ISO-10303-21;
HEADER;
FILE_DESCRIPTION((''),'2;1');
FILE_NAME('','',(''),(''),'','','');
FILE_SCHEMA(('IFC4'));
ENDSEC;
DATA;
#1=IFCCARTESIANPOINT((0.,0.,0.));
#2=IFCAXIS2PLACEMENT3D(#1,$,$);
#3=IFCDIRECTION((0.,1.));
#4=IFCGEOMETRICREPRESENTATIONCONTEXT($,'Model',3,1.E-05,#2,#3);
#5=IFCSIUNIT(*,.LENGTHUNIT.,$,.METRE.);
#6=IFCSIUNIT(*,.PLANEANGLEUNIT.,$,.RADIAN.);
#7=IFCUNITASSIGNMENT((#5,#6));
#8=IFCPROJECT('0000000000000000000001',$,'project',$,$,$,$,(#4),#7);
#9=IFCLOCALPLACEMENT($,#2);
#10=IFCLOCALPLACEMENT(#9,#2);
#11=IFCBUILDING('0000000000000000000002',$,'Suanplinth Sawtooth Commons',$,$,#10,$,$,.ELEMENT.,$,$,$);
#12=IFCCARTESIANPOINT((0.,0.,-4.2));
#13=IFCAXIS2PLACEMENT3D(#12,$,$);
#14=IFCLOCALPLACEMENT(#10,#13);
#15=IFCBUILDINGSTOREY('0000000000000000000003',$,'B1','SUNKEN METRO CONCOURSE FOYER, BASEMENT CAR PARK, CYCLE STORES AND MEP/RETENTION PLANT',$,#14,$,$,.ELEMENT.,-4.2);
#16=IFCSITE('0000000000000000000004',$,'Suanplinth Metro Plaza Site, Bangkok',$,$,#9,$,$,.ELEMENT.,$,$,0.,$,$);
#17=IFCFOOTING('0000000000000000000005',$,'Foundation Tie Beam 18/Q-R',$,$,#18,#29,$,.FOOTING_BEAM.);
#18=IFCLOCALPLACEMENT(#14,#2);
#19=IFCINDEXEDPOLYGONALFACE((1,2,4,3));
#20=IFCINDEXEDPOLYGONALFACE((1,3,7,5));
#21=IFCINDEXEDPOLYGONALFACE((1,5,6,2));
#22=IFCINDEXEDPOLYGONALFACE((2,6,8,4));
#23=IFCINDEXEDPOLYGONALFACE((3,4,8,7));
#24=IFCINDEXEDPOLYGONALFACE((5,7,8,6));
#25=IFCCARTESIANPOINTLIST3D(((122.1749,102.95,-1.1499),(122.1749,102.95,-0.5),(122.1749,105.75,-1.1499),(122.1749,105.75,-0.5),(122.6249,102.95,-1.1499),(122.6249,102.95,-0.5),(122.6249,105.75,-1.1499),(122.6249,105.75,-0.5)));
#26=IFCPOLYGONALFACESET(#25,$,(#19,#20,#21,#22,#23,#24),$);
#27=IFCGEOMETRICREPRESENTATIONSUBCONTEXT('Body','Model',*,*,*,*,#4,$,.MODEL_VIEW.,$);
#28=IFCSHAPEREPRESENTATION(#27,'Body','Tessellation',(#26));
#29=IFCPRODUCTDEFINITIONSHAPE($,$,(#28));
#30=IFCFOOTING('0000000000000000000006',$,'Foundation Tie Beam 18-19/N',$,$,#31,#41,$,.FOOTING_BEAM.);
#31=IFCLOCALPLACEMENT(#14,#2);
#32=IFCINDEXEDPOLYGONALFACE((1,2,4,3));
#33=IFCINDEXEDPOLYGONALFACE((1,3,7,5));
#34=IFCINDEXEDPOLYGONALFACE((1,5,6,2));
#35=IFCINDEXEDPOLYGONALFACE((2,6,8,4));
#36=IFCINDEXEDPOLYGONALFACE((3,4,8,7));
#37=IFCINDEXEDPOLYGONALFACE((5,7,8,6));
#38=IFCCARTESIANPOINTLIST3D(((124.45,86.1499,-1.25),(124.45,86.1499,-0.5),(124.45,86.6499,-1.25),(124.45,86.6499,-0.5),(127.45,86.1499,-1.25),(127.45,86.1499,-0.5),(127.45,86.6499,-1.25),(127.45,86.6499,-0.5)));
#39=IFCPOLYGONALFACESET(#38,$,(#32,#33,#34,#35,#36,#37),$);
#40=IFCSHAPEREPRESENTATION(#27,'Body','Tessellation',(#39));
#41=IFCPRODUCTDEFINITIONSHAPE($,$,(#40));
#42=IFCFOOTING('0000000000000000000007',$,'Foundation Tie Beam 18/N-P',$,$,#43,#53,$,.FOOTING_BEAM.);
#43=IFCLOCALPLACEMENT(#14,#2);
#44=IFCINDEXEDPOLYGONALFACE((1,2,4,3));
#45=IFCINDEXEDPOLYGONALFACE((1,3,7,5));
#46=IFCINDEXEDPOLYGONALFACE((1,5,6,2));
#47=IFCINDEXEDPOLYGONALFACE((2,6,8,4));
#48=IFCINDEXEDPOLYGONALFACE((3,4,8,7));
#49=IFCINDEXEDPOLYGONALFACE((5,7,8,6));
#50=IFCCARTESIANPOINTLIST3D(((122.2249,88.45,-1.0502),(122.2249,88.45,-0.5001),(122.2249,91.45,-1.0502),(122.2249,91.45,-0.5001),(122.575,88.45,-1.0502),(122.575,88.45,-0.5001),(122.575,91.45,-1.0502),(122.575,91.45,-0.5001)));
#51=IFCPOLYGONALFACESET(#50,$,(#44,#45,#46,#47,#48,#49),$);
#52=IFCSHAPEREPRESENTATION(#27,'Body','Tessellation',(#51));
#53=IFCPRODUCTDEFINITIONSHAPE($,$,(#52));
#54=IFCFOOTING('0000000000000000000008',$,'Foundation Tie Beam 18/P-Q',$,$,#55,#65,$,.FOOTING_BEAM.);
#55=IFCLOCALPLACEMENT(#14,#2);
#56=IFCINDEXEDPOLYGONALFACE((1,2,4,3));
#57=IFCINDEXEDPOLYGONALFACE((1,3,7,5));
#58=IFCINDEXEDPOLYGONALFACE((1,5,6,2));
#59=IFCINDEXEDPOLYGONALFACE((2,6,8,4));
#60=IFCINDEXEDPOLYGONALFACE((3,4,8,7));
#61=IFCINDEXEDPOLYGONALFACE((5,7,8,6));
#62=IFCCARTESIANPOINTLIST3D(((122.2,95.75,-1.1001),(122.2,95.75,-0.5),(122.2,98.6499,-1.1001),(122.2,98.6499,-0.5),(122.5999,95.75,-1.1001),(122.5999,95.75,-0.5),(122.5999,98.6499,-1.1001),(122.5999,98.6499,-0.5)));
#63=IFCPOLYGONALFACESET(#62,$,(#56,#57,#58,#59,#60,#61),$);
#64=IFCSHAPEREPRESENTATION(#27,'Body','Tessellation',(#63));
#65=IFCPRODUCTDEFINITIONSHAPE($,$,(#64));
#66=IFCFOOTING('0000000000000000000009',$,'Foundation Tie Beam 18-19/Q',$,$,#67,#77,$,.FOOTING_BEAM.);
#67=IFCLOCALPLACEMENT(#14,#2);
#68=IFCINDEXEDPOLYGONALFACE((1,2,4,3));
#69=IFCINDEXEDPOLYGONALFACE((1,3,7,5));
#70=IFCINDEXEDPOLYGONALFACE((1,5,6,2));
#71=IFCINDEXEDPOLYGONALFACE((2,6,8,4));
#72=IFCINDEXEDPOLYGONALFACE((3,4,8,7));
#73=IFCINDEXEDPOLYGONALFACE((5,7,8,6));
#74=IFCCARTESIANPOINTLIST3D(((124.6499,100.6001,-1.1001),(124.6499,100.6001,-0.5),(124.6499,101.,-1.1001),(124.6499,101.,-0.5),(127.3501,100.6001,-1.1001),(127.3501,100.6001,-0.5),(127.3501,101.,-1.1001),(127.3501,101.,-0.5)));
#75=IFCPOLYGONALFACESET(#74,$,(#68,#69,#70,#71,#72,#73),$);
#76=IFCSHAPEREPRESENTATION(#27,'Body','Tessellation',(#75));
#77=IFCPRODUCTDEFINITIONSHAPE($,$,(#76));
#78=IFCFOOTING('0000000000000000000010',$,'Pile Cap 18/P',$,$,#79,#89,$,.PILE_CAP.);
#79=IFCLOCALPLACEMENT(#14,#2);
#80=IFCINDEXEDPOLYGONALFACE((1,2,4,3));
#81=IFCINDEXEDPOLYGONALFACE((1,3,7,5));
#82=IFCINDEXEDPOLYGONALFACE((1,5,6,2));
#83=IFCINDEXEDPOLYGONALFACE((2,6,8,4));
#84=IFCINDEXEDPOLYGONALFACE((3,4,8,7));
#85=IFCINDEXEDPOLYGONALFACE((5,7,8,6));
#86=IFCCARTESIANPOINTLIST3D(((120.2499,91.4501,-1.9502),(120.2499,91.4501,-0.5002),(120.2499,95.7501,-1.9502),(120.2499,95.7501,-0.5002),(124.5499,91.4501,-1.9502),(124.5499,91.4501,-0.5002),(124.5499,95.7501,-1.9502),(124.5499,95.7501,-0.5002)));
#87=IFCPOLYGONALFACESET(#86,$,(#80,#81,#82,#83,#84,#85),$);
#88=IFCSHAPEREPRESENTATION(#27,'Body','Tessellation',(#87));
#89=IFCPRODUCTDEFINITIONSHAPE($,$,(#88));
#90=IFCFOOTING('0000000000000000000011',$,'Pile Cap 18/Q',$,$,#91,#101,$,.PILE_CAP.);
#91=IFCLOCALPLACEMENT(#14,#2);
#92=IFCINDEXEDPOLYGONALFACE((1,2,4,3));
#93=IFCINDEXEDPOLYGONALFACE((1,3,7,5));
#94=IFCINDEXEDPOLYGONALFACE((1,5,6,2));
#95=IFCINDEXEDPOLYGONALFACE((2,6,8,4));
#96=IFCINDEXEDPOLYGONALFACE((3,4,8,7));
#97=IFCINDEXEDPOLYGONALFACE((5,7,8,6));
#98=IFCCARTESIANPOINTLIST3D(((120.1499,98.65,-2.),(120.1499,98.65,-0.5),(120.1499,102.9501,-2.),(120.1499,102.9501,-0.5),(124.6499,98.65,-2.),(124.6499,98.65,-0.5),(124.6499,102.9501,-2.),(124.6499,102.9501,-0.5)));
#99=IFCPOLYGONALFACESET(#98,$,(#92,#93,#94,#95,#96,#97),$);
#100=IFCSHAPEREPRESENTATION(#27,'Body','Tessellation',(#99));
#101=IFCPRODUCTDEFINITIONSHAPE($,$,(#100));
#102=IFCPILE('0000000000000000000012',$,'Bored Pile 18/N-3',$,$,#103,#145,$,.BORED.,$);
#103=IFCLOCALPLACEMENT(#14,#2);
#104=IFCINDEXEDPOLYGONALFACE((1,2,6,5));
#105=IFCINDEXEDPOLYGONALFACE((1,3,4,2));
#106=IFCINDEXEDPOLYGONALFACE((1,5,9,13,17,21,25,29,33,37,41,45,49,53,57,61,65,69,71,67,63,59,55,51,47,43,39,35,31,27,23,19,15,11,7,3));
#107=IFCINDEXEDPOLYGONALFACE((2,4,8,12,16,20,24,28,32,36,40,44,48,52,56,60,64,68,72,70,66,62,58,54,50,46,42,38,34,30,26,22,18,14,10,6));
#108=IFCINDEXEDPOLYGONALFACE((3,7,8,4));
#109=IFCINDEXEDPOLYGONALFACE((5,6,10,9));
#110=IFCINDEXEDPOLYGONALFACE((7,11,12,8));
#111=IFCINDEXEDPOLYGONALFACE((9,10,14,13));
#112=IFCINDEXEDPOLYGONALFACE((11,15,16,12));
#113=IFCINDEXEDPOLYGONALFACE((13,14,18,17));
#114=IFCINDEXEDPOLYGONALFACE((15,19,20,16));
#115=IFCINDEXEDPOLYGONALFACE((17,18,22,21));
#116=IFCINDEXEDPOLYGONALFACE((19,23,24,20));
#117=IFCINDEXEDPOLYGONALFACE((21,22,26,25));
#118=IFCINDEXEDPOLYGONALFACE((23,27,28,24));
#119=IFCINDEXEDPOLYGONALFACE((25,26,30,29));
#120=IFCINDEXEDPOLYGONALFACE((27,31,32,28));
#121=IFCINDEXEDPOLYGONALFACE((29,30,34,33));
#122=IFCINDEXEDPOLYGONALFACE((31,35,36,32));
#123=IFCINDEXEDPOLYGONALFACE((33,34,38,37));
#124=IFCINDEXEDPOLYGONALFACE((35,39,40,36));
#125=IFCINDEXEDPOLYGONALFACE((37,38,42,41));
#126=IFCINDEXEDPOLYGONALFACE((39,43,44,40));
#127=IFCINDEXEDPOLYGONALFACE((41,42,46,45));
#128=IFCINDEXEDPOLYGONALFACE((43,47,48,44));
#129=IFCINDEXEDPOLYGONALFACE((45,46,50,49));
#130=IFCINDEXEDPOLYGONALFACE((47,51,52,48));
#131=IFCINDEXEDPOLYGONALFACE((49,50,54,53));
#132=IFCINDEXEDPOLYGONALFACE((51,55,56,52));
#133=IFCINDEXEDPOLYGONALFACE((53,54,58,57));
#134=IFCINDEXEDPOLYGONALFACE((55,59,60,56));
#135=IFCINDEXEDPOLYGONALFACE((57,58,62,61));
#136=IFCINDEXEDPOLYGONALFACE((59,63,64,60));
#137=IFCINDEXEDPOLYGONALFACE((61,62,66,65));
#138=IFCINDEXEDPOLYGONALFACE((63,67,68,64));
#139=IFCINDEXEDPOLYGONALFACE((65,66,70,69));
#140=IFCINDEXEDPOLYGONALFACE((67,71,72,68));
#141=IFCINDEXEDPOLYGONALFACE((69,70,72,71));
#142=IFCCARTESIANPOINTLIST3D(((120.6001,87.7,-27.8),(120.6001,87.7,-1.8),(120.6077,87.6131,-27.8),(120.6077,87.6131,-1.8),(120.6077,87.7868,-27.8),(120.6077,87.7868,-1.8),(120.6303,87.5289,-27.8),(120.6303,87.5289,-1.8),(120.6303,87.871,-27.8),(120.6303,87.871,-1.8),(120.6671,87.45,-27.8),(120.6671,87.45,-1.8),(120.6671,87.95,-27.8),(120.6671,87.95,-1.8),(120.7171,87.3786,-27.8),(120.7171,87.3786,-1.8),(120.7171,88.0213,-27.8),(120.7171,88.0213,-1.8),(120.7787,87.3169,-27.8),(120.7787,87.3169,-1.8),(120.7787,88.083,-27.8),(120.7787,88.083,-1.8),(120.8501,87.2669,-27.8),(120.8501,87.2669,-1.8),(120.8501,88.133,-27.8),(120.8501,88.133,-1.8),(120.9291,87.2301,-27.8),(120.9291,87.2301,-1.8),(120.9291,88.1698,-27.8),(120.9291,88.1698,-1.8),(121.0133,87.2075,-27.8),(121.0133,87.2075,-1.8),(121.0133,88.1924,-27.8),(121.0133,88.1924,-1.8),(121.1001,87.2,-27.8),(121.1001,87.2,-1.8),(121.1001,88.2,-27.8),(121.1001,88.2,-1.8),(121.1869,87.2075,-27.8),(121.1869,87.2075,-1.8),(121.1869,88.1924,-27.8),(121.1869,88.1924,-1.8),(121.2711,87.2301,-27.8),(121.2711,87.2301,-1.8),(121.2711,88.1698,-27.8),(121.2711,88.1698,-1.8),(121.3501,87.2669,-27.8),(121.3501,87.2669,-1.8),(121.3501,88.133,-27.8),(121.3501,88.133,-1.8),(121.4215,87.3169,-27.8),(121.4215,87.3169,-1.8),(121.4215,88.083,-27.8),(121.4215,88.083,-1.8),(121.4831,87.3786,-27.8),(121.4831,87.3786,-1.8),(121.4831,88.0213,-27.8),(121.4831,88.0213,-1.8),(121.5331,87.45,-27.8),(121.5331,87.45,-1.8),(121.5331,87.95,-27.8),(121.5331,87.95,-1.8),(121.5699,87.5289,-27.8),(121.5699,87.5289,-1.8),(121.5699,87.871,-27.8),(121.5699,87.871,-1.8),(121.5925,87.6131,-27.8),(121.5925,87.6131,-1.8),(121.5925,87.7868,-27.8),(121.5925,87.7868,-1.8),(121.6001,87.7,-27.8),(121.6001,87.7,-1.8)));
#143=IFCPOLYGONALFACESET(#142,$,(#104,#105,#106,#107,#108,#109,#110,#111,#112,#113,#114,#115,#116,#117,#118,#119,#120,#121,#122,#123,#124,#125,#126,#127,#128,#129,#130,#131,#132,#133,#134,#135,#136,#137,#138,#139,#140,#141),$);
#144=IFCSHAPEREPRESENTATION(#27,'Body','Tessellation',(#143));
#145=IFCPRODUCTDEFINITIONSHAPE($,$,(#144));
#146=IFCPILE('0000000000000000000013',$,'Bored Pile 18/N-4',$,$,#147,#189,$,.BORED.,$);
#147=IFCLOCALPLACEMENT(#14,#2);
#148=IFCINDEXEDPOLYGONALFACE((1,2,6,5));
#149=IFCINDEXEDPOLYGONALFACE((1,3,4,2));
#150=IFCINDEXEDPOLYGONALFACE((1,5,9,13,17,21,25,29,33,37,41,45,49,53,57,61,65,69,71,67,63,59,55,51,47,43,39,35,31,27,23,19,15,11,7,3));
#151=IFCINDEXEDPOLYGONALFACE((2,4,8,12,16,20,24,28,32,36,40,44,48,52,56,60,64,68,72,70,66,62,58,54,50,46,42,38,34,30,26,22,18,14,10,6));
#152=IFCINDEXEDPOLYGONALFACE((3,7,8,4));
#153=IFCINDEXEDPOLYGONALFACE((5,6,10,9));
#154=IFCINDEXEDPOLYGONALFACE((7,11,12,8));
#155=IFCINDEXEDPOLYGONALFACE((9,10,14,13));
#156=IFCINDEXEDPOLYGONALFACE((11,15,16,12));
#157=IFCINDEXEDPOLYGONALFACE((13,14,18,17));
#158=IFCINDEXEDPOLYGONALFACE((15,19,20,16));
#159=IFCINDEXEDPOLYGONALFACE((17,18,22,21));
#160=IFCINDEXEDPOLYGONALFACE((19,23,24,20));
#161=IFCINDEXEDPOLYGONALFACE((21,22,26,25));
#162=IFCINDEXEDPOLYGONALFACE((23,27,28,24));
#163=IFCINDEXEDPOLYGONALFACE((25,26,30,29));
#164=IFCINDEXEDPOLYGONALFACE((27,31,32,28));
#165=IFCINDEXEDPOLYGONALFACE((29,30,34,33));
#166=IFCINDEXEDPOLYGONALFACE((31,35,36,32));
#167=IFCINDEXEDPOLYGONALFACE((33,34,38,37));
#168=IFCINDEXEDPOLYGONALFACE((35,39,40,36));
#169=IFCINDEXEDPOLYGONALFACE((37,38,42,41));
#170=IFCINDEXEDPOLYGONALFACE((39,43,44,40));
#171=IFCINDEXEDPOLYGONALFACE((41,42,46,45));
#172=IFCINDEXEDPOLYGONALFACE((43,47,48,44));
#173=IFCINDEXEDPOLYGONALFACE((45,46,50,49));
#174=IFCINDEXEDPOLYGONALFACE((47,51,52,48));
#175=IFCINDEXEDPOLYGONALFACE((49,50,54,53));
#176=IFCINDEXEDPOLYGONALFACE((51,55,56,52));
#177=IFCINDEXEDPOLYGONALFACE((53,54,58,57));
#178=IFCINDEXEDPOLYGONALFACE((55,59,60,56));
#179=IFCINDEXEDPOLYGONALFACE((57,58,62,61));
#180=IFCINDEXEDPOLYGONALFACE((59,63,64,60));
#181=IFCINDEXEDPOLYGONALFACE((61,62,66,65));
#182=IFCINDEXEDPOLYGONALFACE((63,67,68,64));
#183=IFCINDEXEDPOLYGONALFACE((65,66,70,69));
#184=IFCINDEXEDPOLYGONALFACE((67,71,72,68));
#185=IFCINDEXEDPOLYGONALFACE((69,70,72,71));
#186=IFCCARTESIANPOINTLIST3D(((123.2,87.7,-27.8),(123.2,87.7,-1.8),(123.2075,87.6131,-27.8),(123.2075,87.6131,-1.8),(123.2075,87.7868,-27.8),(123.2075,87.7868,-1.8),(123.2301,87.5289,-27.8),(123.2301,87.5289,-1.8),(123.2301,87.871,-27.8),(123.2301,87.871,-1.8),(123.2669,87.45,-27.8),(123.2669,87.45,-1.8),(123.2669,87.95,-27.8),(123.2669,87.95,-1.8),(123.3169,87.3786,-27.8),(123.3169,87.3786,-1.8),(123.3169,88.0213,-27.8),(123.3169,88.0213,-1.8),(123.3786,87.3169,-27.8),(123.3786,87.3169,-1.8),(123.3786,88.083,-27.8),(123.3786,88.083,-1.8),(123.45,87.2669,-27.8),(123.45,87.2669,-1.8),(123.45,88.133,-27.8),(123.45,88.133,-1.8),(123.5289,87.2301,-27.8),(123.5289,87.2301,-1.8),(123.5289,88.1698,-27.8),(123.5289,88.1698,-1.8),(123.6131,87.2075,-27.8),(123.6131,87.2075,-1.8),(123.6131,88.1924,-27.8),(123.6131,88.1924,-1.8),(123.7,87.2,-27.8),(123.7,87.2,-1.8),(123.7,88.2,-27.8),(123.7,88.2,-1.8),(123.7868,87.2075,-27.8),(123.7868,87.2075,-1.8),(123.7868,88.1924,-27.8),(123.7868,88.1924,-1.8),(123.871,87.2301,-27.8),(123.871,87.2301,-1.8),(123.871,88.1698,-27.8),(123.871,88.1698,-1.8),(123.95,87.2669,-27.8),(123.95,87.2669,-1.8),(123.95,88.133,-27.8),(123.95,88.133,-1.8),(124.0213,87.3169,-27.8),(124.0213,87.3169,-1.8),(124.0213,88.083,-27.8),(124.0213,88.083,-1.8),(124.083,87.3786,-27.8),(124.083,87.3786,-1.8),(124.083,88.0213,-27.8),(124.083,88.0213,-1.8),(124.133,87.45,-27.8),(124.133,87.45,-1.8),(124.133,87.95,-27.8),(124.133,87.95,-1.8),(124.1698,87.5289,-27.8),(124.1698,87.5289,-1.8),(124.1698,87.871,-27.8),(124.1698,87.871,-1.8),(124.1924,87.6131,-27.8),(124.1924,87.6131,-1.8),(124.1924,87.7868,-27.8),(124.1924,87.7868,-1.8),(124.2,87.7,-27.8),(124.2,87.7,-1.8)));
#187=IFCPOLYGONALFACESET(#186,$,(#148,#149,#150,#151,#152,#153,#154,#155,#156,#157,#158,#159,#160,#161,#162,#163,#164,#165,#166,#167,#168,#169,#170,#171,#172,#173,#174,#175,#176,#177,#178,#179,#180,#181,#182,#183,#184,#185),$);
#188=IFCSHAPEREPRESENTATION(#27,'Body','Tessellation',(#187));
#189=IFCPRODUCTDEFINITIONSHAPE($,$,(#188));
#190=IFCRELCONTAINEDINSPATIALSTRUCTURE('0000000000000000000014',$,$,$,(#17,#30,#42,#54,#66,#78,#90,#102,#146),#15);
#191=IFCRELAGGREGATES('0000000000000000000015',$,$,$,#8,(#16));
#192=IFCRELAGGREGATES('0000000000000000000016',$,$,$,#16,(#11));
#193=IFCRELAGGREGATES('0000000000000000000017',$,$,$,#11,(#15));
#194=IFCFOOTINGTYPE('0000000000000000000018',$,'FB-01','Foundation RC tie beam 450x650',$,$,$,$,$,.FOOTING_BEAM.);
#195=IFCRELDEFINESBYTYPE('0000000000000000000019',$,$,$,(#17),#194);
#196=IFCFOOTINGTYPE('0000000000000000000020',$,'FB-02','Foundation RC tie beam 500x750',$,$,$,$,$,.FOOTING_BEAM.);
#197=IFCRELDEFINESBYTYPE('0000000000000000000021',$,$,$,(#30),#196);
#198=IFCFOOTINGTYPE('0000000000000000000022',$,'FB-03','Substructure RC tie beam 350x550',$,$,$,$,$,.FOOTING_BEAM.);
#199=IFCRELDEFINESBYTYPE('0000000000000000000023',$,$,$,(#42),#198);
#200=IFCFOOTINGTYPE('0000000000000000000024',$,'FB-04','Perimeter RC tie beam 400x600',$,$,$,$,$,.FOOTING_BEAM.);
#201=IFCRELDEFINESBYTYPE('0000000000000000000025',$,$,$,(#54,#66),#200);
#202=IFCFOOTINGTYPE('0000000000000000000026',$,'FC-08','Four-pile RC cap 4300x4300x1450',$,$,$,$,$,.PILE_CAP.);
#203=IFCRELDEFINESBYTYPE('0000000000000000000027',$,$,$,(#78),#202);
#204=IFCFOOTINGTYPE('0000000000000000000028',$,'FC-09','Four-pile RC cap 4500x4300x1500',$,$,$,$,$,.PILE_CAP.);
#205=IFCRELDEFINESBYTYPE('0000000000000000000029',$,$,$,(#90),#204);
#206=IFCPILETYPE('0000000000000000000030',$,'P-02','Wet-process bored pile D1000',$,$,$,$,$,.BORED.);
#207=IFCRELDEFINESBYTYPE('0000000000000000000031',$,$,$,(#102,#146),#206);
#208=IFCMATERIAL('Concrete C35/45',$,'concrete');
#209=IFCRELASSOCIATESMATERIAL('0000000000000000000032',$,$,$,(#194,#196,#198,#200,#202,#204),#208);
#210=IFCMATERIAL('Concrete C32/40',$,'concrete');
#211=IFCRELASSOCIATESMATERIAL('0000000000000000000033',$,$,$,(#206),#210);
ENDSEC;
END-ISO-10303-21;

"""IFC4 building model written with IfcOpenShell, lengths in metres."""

from ifc_helpers import new_model, si_unit, direction, frame, origin, origin_2d, place, context, subcontext, project, spatial, rectangle, circle, extrude, material, material_profile, profile_set, type_object, element, save


model = new_model("IFC4")

# Units and contexts
model_context = context("Model", 3, precision=1e-05, world=origin(), true_north=direction((0.0, 1.0)))
body_context = subcontext(model_context, "Body", "Model", "MODEL_VIEW")
ifc_project = project(units=[si_unit("LENGTHUNIT", "METRE"), si_unit("PLANEANGLEUNIT", "RADIAN")], contexts=[model_context])

# Site, building, storey
site_placement = place(None, origin())
site = spatial("IfcSite", under=ifc_project, at=site_placement, Name="Suanplinth Metro Plaza Site, Bangkok", CompositionType="ELEMENT", RefElevation=0.0)
building_placement = place(site_placement, origin())
building = spatial("IfcBuilding", under=site, at=building_placement, Name="Suanplinth Sawtooth Commons", CompositionType="ELEMENT")
storey_placement = place(building_placement, frame((0.0, 0.0, -4.2)))
storey = spatial("IfcBuildingStorey", under=building, at=storey_placement, Name="B1", Description="SUNKEN METRO CONCOURSE FOYER, BASEMENT CAR PARK, CYCLE STORES AND MEP/RETENTION PLANT", CompositionType="ELEMENT", Elevation=-4.2)

# Footings
ifc_material_1 = material(Name="Concrete C35/45", Category="concrete")
ifc_material_profile_1 = material_profile(ifc_material_1, rectangle(XDim=0.45, YDim=0.6499, at=origin_2d()), Name="PC-GDR 450x650")
ifc_profile_set_1 = profile_set([ifc_material_profile_1], Name="Concrete C35/45")
footing_type_1 = type_object("IfcFootingType", Name="FB-01", Description="Foundation RC tie beam 450x650", PredefinedType="FOOTING_BEAM", material=ifc_profile_set_1)
footing_1_placement = place(storey_placement, frame((122.3999, 102.95, -0.825), z_axis=(0.0, 1.0, 0.0), x_axis=(-1.0, 0.0, 0.0)))
element("IfcFooting", 1, at=footing_1_placement, inside=storey, type_object=footing_type_1, Name="Foundation Tie Beam 18/Q-R", PredefinedType="FOOTING_BEAM", context=body_context, shape_type="SweptSolid", body=[
    extrude(rectangle(XDim=0.45, YDim=0.6499, at=origin_2d()), origin(), (0.0, 0.0, 1.0), 2.8),
])
ifc_material_profile_2 = material_profile(ifc_material_1, rectangle(XDim=0.5, YDim=0.75, at=origin_2d()), Name="RC-GDR 500x750")
ifc_profile_set_2 = profile_set([ifc_material_profile_2], Name="Concrete C35/45")
footing_type_2 = type_object("IfcFootingType", Name="FB-02", Description="Foundation RC tie beam 500x750", PredefinedType="FOOTING_BEAM", material=ifc_profile_set_2)
footing_2_placement = place(storey_placement, frame((124.45, 86.3999, -0.875), z_axis=(1.0, 0.0, 0.0), x_axis=(0.0, 1.0, 0.0)))
element("IfcFooting", 2, at=footing_2_placement, inside=storey, type_object=footing_type_2, Name="Foundation Tie Beam 18-19/N", PredefinedType="FOOTING_BEAM", context=body_context, shape_type="SweptSolid", body=[
    extrude(rectangle(XDim=0.5, YDim=0.75, at=origin_2d()), origin(), (0.0, 0.0, 1.0), 3.0),
])
ifc_material_profile_3 = material_profile(ifc_material_1, rectangle(XDim=0.3501, YDim=0.55, at=origin_2d()), Name="PC-BM 350x550")
ifc_profile_set_3 = profile_set([ifc_material_profile_3], Name="Concrete C35/45")
footing_type_3 = type_object("IfcFootingType", Name="FB-03", Description="Substructure RC tie beam 350x550", PredefinedType="FOOTING_BEAM", material=ifc_profile_set_3)
footing_3_placement = place(storey_placement, frame((122.3999, 88.45, -0.7751), z_axis=(0.0, 1.0, 0.0), x_axis=(-1.0, 0.0, 0.0)))
element("IfcFooting", 3, at=footing_3_placement, inside=storey, type_object=footing_type_3, Name="Foundation Tie Beam 18/N-P", PredefinedType="FOOTING_BEAM", context=body_context, shape_type="SweptSolid", body=[
    extrude(rectangle(XDim=0.3501, YDim=0.55, at=origin_2d()), origin(), (0.0, 0.0, 1.0), 3.0),
])
ifc_material_profile_4 = material_profile(ifc_material_1, rectangle(XDim=0.3999, YDim=0.6001, at=origin_2d()), Name="PC-GDR 400x600")
ifc_profile_set_4 = profile_set([ifc_material_profile_4], Name="Concrete C35/45")
footing_type_4 = type_object("IfcFootingType", Name="FB-04", Description="Perimeter RC tie beam 400x600", PredefinedType="FOOTING_BEAM", material=ifc_profile_set_4)
footing_4_placement = place(storey_placement, frame((122.3999, 95.75, -0.8), z_axis=(0.0, 1.0, 0.0), x_axis=(-1.0, 0.0, 0.0)))
element("IfcFooting", 4, at=footing_4_placement, inside=storey, type_object=footing_type_4, Name="Foundation Tie Beam 18/P-Q", PredefinedType="FOOTING_BEAM", context=body_context, shape_type="SweptSolid", body=[
    extrude(rectangle(XDim=0.3999, YDim=0.6001, at=origin_2d()), origin(), (0.0, 0.0, 1.0), 2.8999),
])
footing_5_placement = place(storey_placement, frame((124.6499, 100.8, -0.8), z_axis=(1.0, 0.0, 0.0), x_axis=(0.0, 1.0, 0.0)))
element("IfcFooting", 5, at=footing_5_placement, inside=storey, type_object=footing_type_4, Name="Foundation Tie Beam 18-19/Q", PredefinedType="FOOTING_BEAM", context=body_context, shape_type="SweptSolid", body=[
    extrude(rectangle(XDim=0.3999, YDim=0.6001, at=origin_2d()), origin(), (0.0, 0.0, 1.0), 2.7002),
])
footing_type_5 = type_object("IfcFootingType", Name="FC-08", Description="Four-pile RC cap 4300x4300x1450", PredefinedType="PILE_CAP", material=ifc_material_1)
footing_6_placement = place(storey_placement, frame((122.3999, 93.6001, -1.9502), z_axis=(0.0, 0.0, 1.0), x_axis=(1.0, 0.0, 0.0)))
element("IfcFooting", 6, at=footing_6_placement, inside=storey, type_object=footing_type_5, Name="Pile Cap 18/P", PredefinedType="PILE_CAP", context=body_context, shape_type="SweptSolid", body=[
    extrude(rectangle(XDim=4.3, YDim=4.3, at=origin_2d()), origin(), (0.0, 0.0, 1.0), 1.45),
])
footing_type_6 = type_object("IfcFootingType", Name="FC-09", Description="Four-pile RC cap 4500x4300x1500", PredefinedType="PILE_CAP", material=ifc_material_1)
footing_7_placement = place(storey_placement, frame((122.3999, 100.8, -2.0), z_axis=(0.0, 0.0, 1.0), x_axis=(1.0, 0.0, 0.0)))
element("IfcFooting", 7, at=footing_7_placement, inside=storey, type_object=footing_type_6, Name="Pile Cap 18/Q", PredefinedType="PILE_CAP", context=body_context, shape_type="SweptSolid", body=[
    extrude(rectangle(XDim=4.5, YDim=4.3, at=origin_2d()), origin(), (0.0, 0.0, 1.0), 1.5),
])

# Piles
ifc_material_2 = material(Name="Concrete C32/40", Category="concrete")
ifc_material_profile_5 = material_profile(ifc_material_2, circle(Radius=0.5, at=origin_2d()), Name="PILE D1000")
ifc_profile_set_5 = profile_set([ifc_material_profile_5], Name="Concrete C32/40")
pile_type = type_object("IfcPileType", Name="P-02", Description="Wet-process bored pile D1000", PredefinedType="BORED", material=ifc_profile_set_5)
for number, where, z_axis, x_axis, name in (
    (8, (121.1001, 87.7, -1.8), (0.0, 0.0, -1.0), (1.0, 0.0, 0.0), "Bored Pile 18/N-3"),
    (9, (123.7, 87.7, -1.8), (0.0, 0.0, -1.0), (1.0, 0.0, 0.0), "Bored Pile 18/N-4"),
):
    element("IfcPile", number, at=place(storey_placement, frame(where, z_axis=z_axis, x_axis=x_axis)), inside=storey, type_object=pile_type, Name=name, PredefinedType="BORED", context=body_context, shape_type="SweptSolid", body=[
        extrude(circle(Radius=0.5, at=origin_2d()), origin(), (0.0, 0.0, 1.0), 26.0),
    ])

save(model, "model.ifc")
